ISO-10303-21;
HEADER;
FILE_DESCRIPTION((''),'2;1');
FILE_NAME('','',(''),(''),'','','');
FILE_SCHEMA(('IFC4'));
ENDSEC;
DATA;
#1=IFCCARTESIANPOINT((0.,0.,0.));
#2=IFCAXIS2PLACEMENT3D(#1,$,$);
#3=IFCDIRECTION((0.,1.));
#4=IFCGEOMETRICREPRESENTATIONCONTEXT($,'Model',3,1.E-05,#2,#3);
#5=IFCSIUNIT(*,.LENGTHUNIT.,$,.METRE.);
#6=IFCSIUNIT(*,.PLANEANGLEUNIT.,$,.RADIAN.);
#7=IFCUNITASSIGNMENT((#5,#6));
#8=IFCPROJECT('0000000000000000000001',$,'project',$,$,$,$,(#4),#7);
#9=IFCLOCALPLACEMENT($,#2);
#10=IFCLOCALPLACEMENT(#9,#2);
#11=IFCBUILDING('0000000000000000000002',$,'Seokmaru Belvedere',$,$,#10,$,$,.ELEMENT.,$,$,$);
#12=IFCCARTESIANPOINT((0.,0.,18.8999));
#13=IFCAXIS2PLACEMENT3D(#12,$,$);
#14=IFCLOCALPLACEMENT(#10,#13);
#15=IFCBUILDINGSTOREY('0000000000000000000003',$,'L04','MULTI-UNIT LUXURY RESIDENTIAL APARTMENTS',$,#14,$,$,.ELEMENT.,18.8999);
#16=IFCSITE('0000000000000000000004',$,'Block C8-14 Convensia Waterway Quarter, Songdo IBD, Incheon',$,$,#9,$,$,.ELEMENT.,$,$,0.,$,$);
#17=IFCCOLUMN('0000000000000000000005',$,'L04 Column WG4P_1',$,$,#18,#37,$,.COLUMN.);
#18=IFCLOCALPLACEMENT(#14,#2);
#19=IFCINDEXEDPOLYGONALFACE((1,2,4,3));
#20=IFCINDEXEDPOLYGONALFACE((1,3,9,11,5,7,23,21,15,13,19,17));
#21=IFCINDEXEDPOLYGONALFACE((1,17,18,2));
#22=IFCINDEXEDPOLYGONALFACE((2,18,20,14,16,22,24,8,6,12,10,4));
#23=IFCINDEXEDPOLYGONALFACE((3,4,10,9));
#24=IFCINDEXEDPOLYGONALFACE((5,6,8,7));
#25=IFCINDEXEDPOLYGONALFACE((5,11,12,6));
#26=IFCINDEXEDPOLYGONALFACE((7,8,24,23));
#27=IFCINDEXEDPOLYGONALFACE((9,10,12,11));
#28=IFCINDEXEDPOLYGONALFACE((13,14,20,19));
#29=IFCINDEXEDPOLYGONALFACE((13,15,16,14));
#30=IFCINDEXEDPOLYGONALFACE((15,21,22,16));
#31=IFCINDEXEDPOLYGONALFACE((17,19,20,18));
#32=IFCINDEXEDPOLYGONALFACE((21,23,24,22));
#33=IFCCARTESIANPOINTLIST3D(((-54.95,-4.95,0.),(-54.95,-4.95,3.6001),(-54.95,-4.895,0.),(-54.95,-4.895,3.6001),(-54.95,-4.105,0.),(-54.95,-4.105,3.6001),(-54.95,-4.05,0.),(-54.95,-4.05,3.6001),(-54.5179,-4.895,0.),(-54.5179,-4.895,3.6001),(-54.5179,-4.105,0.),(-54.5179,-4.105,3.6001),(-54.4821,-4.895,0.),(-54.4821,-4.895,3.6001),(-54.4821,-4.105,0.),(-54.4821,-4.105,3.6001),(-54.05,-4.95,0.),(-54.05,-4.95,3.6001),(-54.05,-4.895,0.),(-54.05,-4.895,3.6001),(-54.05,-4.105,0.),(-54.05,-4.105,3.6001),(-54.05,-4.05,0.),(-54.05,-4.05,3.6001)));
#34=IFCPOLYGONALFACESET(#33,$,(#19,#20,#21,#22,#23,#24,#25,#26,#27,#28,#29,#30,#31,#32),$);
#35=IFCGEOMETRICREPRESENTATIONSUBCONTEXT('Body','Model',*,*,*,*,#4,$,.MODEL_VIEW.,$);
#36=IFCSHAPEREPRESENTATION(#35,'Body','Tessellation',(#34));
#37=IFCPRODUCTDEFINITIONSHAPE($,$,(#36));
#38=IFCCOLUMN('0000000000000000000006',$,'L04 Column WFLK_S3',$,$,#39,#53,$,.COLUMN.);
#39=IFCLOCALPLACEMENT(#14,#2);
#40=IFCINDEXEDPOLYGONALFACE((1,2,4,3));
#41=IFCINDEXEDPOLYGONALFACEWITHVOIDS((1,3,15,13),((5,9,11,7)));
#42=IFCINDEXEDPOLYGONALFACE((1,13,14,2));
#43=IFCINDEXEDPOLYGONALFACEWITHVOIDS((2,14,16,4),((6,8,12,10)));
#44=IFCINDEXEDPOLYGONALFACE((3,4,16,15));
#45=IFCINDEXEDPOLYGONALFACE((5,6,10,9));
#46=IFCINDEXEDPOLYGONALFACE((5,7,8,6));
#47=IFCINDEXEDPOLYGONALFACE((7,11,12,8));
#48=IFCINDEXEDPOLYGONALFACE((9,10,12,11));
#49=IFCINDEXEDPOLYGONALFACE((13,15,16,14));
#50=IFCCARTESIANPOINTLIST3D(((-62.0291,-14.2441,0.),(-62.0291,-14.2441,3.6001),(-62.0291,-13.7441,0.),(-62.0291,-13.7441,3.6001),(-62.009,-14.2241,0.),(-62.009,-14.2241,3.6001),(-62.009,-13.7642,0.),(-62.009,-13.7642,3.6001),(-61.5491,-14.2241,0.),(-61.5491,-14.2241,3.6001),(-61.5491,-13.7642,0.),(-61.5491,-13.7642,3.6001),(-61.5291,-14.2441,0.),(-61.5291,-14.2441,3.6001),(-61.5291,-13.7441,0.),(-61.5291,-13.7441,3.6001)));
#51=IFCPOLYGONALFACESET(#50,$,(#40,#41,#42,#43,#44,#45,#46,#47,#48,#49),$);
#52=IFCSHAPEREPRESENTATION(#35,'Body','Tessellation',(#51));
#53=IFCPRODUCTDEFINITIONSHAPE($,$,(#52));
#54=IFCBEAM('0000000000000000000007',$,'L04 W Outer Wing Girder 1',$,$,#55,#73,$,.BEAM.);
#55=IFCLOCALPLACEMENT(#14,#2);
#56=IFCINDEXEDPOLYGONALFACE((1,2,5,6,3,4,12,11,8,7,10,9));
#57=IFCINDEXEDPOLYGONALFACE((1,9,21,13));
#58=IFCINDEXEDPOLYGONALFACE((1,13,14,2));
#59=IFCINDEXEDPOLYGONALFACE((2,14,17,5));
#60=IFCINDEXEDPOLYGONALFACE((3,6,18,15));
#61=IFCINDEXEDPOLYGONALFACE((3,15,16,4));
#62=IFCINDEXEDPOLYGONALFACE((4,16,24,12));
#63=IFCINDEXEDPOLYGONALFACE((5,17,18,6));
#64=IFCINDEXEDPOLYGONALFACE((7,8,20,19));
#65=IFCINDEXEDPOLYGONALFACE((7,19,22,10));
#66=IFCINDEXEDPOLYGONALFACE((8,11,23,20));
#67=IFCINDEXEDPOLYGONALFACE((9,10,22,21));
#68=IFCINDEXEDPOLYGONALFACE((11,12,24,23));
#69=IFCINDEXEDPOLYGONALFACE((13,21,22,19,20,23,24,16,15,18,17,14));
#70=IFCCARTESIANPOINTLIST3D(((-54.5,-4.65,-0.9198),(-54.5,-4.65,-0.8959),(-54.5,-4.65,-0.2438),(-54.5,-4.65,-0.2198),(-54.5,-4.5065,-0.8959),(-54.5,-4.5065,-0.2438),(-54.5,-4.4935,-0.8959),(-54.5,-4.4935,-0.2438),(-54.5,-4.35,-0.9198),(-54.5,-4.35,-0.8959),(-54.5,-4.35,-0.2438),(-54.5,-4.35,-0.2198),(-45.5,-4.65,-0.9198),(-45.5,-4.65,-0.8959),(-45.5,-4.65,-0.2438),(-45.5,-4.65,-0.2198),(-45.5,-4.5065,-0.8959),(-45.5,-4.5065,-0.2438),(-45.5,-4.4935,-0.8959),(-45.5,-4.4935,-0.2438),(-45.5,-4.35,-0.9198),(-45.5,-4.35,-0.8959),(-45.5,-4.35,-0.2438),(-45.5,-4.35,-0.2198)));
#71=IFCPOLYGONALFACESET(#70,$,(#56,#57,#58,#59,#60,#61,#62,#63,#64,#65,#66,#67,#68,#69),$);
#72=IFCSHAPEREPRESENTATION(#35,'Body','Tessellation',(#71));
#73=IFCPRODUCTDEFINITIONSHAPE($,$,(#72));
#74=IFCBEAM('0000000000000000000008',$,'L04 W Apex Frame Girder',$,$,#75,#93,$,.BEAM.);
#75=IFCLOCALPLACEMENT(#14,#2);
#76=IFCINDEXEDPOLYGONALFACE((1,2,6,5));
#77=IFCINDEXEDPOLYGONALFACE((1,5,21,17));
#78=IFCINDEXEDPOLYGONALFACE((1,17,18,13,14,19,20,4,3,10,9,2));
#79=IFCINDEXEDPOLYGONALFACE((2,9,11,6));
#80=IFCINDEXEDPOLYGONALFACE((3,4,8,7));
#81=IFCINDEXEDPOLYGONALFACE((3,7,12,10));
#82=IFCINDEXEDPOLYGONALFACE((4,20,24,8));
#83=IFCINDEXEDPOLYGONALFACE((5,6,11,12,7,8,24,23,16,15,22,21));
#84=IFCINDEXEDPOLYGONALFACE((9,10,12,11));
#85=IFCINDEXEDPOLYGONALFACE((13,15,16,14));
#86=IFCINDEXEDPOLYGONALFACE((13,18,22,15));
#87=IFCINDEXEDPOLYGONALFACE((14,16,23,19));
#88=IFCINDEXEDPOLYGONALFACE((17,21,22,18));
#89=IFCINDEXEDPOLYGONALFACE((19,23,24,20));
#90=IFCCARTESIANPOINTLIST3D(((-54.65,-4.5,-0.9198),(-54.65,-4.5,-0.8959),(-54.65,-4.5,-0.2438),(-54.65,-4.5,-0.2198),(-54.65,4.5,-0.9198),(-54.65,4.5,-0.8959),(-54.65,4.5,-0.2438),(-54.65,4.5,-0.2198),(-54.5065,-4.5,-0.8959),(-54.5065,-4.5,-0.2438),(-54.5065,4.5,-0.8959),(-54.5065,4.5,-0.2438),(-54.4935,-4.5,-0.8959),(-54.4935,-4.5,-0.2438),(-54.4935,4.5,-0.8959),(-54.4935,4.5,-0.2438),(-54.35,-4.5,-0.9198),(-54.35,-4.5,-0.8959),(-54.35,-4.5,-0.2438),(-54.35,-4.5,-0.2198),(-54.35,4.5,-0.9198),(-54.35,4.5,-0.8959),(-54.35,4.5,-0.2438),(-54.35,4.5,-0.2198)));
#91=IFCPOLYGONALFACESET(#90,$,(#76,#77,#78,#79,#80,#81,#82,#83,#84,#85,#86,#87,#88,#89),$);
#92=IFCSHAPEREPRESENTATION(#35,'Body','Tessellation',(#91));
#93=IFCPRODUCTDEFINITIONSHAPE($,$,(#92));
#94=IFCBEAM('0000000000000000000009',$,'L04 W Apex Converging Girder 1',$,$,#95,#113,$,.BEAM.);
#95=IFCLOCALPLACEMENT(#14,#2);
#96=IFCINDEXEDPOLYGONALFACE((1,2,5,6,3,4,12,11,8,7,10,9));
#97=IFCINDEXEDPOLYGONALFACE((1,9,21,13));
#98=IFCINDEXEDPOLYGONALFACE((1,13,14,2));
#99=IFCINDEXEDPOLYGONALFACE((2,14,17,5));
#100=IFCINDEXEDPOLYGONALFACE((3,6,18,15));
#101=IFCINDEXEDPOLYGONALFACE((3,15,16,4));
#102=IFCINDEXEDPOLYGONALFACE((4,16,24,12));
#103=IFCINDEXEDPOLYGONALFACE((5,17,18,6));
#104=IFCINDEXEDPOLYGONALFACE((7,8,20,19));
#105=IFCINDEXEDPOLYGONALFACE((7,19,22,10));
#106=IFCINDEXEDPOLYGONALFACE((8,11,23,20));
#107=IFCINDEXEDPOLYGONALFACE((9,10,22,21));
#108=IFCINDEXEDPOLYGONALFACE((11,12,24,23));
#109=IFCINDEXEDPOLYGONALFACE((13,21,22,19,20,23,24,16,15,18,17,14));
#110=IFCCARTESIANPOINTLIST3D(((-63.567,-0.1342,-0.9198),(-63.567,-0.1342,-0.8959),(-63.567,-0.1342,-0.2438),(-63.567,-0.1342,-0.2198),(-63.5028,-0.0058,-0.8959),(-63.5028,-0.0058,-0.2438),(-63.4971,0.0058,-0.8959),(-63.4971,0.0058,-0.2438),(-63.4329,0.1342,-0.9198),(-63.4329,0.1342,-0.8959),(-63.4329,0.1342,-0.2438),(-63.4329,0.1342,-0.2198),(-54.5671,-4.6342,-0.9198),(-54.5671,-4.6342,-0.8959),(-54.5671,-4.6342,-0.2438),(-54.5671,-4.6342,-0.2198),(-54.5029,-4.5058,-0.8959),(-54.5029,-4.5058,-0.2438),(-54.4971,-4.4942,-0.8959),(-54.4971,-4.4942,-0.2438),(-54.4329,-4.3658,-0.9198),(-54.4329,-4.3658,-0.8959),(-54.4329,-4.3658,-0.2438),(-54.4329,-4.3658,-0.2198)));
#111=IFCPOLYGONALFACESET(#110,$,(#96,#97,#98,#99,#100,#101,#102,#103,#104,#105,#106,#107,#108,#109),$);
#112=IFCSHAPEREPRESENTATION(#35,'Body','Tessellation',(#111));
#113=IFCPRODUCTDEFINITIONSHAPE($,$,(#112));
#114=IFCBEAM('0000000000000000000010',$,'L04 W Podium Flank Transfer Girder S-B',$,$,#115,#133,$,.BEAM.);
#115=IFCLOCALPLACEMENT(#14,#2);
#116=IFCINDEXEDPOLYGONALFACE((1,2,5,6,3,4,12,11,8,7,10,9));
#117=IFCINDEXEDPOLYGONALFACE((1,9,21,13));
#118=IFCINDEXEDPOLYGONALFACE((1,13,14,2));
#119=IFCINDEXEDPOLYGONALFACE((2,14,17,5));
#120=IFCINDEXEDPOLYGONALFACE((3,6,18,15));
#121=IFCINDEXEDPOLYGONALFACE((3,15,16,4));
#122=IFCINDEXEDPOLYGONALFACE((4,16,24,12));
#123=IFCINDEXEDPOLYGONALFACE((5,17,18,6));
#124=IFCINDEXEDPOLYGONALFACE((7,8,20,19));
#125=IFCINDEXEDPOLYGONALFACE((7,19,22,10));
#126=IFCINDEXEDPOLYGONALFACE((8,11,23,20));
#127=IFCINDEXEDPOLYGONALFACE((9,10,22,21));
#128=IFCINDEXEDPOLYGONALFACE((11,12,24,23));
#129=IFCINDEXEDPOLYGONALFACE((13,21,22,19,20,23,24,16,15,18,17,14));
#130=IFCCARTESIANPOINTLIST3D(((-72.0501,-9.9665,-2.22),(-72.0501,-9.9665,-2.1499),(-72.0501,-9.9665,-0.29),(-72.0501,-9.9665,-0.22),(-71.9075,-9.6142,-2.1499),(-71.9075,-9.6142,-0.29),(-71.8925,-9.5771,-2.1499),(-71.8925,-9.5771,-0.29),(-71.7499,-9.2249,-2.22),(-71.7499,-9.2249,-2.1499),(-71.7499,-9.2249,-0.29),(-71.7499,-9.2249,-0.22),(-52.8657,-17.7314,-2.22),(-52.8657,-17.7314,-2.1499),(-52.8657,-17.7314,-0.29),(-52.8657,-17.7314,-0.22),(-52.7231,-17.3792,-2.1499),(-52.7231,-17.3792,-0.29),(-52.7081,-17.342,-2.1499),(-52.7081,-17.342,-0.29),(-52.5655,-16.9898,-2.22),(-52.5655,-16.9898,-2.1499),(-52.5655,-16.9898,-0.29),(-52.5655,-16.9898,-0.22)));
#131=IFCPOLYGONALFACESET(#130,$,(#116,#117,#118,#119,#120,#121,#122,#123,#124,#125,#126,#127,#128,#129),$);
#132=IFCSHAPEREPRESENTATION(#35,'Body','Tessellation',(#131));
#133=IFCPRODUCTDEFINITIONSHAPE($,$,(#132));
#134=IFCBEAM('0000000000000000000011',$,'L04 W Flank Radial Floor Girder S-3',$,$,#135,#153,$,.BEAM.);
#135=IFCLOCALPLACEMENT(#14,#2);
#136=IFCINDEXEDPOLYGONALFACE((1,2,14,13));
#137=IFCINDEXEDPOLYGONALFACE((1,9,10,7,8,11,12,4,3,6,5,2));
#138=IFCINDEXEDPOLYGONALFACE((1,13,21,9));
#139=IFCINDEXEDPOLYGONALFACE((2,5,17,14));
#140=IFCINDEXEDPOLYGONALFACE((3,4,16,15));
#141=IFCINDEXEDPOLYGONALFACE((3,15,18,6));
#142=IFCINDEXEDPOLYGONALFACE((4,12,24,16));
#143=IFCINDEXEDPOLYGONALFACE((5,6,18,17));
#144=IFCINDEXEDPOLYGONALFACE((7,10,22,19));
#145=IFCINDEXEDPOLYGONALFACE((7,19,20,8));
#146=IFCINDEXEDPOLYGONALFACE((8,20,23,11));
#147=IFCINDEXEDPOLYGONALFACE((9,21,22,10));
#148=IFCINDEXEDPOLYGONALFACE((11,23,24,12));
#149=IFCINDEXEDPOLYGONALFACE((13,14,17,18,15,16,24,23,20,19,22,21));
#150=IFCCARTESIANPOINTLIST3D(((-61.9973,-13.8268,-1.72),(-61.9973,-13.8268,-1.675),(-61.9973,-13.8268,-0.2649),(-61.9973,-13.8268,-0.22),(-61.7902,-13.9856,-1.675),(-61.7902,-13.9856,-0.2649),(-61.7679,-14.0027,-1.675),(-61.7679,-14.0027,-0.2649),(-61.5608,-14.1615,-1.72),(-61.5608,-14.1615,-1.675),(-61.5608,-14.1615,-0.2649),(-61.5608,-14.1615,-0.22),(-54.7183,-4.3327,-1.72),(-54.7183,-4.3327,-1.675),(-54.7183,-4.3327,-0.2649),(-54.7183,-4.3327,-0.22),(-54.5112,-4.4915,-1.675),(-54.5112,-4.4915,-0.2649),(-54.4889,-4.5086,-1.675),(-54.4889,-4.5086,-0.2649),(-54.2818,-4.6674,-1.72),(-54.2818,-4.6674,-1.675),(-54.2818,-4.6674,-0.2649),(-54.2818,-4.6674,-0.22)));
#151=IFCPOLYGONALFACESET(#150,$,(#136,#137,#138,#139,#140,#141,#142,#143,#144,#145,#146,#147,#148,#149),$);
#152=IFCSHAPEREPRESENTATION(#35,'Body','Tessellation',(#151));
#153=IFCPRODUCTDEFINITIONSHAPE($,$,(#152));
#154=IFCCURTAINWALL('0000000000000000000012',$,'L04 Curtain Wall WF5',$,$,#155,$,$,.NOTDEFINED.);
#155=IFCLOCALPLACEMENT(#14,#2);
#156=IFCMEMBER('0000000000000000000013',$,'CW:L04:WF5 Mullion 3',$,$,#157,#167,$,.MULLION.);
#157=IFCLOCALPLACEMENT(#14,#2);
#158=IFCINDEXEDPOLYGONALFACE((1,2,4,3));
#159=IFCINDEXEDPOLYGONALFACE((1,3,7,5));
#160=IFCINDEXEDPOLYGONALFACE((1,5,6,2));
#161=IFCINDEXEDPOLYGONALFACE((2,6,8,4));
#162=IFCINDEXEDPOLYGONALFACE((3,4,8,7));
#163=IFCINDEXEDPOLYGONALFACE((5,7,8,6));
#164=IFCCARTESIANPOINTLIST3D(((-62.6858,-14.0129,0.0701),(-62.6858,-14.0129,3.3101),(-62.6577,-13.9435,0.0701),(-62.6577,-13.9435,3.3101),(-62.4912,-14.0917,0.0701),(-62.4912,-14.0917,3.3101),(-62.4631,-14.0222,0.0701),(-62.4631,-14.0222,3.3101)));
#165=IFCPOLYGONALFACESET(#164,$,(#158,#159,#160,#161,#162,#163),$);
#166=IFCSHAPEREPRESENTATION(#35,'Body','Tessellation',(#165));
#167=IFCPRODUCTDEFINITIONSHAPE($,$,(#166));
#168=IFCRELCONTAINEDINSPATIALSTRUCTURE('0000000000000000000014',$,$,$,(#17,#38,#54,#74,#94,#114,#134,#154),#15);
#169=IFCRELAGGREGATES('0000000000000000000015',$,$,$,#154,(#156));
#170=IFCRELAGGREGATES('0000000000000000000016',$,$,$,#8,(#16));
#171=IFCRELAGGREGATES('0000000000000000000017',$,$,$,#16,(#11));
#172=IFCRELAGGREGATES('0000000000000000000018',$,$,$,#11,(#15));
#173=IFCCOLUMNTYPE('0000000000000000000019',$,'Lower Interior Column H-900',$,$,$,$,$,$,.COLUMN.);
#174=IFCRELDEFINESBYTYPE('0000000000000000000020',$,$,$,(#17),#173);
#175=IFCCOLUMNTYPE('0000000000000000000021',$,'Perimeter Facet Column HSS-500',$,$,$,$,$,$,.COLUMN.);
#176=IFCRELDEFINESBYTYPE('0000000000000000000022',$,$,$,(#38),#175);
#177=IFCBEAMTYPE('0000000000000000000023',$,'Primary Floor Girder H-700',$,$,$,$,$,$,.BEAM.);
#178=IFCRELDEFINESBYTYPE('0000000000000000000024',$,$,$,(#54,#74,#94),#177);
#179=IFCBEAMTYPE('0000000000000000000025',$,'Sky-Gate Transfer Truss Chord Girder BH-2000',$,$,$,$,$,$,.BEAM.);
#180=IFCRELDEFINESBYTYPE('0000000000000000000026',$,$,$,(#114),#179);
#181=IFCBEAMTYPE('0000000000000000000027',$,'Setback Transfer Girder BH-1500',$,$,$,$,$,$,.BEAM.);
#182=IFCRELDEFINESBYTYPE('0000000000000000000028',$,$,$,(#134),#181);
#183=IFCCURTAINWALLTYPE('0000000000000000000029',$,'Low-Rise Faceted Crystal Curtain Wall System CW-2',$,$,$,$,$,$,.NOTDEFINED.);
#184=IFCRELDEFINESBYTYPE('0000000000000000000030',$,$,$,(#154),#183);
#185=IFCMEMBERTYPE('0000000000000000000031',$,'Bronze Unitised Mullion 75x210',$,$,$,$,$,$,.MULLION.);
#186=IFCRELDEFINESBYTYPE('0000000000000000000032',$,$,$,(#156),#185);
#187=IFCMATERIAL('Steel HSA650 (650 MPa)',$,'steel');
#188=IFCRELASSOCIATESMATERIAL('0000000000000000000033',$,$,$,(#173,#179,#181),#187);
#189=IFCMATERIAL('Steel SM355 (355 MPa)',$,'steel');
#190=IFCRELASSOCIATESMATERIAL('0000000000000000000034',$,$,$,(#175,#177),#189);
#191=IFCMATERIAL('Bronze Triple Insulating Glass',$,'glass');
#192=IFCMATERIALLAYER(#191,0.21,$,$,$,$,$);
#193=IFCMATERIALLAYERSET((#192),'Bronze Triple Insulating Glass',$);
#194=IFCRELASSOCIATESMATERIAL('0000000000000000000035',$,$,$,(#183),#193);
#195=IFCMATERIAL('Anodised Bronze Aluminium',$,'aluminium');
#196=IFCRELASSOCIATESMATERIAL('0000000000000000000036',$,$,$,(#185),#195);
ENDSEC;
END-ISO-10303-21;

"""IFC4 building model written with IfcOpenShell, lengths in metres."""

from ifc_helpers import new_model, si_unit, direction, frame, origin, origin_2d, place, context, subcontext, project, spatial, rectangle, hollow_rectangle, i_section, extrude, source, transform, mapped, material, layer, layer_set, material_profile, profile_set, type_object, type_shapes, element, aggregate, save


model = new_model("IFC4")

# Units and contexts
model_context = context("Model", 3, precision=1e-05, world=origin(), true_north=direction((0.0, 1.0)))
body_context = subcontext(model_context, "Body", "Model", "MODEL_VIEW")
ifc_project = project(units=[si_unit("LENGTHUNIT", "METRE"), si_unit("PLANEANGLEUNIT", "RADIAN")], contexts=[model_context])

# Site, building, storey
site_placement = place(None, origin())
site = spatial("IfcSite", under=ifc_project, at=site_placement, Name="Block C8-14 Convensia Waterway Quarter, Songdo IBD, Incheon", CompositionType="ELEMENT", RefElevation=0.0)
building_placement = place(site_placement, origin())
building = spatial("IfcBuilding", under=site, at=building_placement, Name="Seokmaru Belvedere", CompositionType="ELEMENT")
storey_placement = place(building_placement, frame((0.0, 0.0, 18.8999)))
storey = spatial("IfcBuildingStorey", under=building, at=storey_placement, Name="L04", Description="MULTI-UNIT LUXURY RESIDENTIAL APARTMENTS", CompositionType="ELEMENT", Elevation=18.8999)

# Columns
ifc_material_1 = material(Name="Steel HSA650 (650 MPa)", Category="steel")
ifc_material_profile_1 = material_profile(ifc_material_1, i_section(OverallWidth=0.8999, OverallDepth=0.8999, WebThickness=0.0359, FlangeThickness=0.0549, at=origin_2d()), Name="H-900x900x36x55")
ifc_profile_set_1 = profile_set([ifc_material_profile_1], Name="Steel HSA650 (650 MPa)")
column_type_1 = type_object("IfcColumnType", Name="Lower Interior Column H-900", PredefinedType="COLUMN", material=ifc_profile_set_1)
shared_shape_1 = source(origin(), body_context, "Body", "SweptSolid", [
    extrude(i_section(OverallWidth=0.8999, OverallDepth=0.8999, WebThickness=0.0359, FlangeThickness=0.0549, at=origin_2d()), origin(), (0.0, 0.0, 1.0), 3.6001),
])
type_shapes(column_type_1, [shared_shape_1])
column_1_placement = place(storey_placement, frame((-54.5, -4.5, 0.0), z_axis=(0.0, 0.0, 1.0), x_axis=(1.0, 0.0, 0.0)))
element("IfcColumn", 1, at=column_1_placement, inside=storey, type_object=column_type_1, Name="L04 Column WG4P_1", PredefinedType="COLUMN", context=body_context, shape_type="MappedRepresentation", body=[
    mapped(shared_shape_1, transform((0.0, 0.0, 0.0), scale=1.0)),
])
ifc_material_2 = material(Name="Steel SM355 (355 MPa)", Category="steel")
ifc_material_profile_2 = material_profile(ifc_material_2, hollow_rectangle(XDim=0.5, YDim=0.5, WallThickness=0.02, at=origin_2d()), Name="HSS-500x500x20")
ifc_profile_set_2 = profile_set([ifc_material_profile_2], Name="Steel SM355 (355 MPa)")
column_type_2 = type_object("IfcColumnType", Name="Perimeter Facet Column HSS-500", PredefinedType="COLUMN", material=ifc_profile_set_2)
shared_shape_2 = source(origin(), body_context, "Body", "SweptSolid", [
    extrude(hollow_rectangle(XDim=0.5, YDim=0.5, WallThickness=0.02, at=origin_2d()), origin(), (0.0, 0.0, 1.0), 3.6001),
])
type_shapes(column_type_2, [shared_shape_2])
column_2_placement = place(storey_placement, frame((-61.7791, -13.9941, 0.0), z_axis=(0.0, 0.0, 1.0), x_axis=(1.0, 0.0, 0.0)))
element("IfcColumn", 2, at=column_2_placement, inside=storey, type_object=column_type_2, Name="L04 Column WFLK_S3", PredefinedType="COLUMN", context=body_context, shape_type="MappedRepresentation", body=[
    mapped(shared_shape_2, transform((0.0, 0.0, 0.0), scale=1.0)),
])

# Beams
ifc_material_profile_3 = material_profile(ifc_material_2, i_section(OverallWidth=0.3, OverallDepth=0.7, WebThickness=0.0129, FlangeThickness=0.0239, at=origin_2d()), Name="H-700x300x13x24")
ifc_profile_set_3 = profile_set([ifc_material_profile_3], Name="Steel SM355 (355 MPa)")
beam_type_1 = type_object("IfcBeamType", Name="Primary Floor Girder H-700", PredefinedType="BEAM", material=ifc_profile_set_3)
shared_shape_3 = source(origin(), body_context, "Body", "SweptSolid", [
    extrude(i_section(OverallWidth=0.3, OverallDepth=0.7, WebThickness=0.0129, FlangeThickness=0.0239, at=origin_2d()), origin(), (0.0, 0.0, 1.0), 9.0),
])
for number, where, z_axis, x_axis, name in (
    (3, (-54.5, -4.5, -0.5698), (1.0, 0.0, 0.0), (0.0, 1.0, 0.0), "L04 W Outer Wing Girder 1"),
    (4, (-54.5, -4.5, -0.5698), (0.0, 1.0, 0.0), (-1.0, 0.0, 0.0), "L04 W Apex Frame Girder"),
):
    element("IfcBeam", number, at=place(storey_placement, frame(where, z_axis=z_axis, x_axis=x_axis)), inside=storey, type_object=beam_type_1, Name=name, PredefinedType="BEAM", context=body_context, shape_type="MappedRepresentation", body=[
        mapped(shared_shape_3, transform((0.0, 0.0, 0.0), scale=1.0)),
    ])
shared_shape_4 = source(origin(), body_context, "Body", "SweptSolid", [
    extrude(i_section(OverallWidth=0.3, OverallDepth=0.7, WebThickness=0.0129, FlangeThickness=0.0239, at=origin_2d()), origin(), (0.0, 0.0, 1.0), 10.0623),
])
type_shapes(beam_type_1, [shared_shape_3, shared_shape_4])
beam_1_placement = place(storey_placement, frame((-54.5, -4.5, -0.5698), z_axis=(-0.894427, 0.447214, 0.0), x_axis=(-0.447214, -0.894427, 0.0)))
element("IfcBeam", 5, at=beam_1_placement, inside=storey, type_object=beam_type_1, Name="L04 W Apex Converging Girder 1", PredefinedType="BEAM", context=body_context, shape_type="MappedRepresentation", body=[
    mapped(shared_shape_4, transform((0.0, 0.0, 0.0), scale=1.0)),
])
ifc_material_profile_4 = material_profile(ifc_material_1, i_section(OverallWidth=0.8, OverallDepth=2.0, WebThickness=0.04, FlangeThickness=0.0701, at=origin_2d()), Name="BH-2000x800x40x70")
ifc_profile_set_4 = profile_set([ifc_material_profile_4], Name="Steel HSA650 (650 MPa)")
beam_type_2 = type_object("IfcBeamType", Name="Sky-Gate Transfer Truss Chord Girder BH-2000", PredefinedType="BEAM", material=ifc_profile_set_4)
shared_shape_5 = source(origin(), body_context, "Body", "SweptSolid", [
    extrude(i_section(OverallWidth=0.8, OverallDepth=2.0, WebThickness=0.04, FlangeThickness=0.0701, at=origin_2d()), origin(), (0.0, 0.0, 1.0), 20.6963),
])
type_shapes(beam_type_2, [shared_shape_5])
beam_2_placement = place(storey_placement, frame((-52.7156, -17.3606, -1.22), z_axis=(-0.92695, 0.375185, 0.0), x_axis=(-0.375185, -0.92695, 0.0)))
element("IfcBeam", 6, at=beam_2_placement, inside=storey, type_object=beam_type_2, Name="L04 W Podium Flank Transfer Girder S-B", PredefinedType="BEAM", context=body_context, shape_type="MappedRepresentation", body=[
    mapped(shared_shape_5, transform((0.0, 0.0, 0.0), scale=1.0)),
])
ifc_material_profile_5 = material_profile(ifc_material_1, i_section(OverallWidth=0.55, OverallDepth=1.5, WebThickness=0.0281, FlangeThickness=0.0449, at=origin_2d()), Name="BH-1500x550x28x45")
ifc_profile_set_5 = profile_set([ifc_material_profile_5], Name="Steel HSA650 (650 MPa)")
beam_type_3 = type_object("IfcBeamType", Name="Setback Transfer Girder BH-1500", PredefinedType="BEAM", material=ifc_profile_set_5)
shared_shape_6 = source(origin(), body_context, "Body", "SweptSolid", [
    extrude(i_section(OverallWidth=0.55, OverallDepth=1.5, WebThickness=0.0281, FlangeThickness=0.0449, at=origin_2d()), origin(), (0.0, 0.0, 1.0), 11.9634),
])
type_shapes(beam_type_3, [shared_shape_6])
beam_3_placement = place(storey_placement, frame((-61.7791, -13.9941, -0.97), z_axis=(0.608443, 0.793598, 0.0), x_axis=(-0.793598, 0.608443, 0.0)))
element("IfcBeam", 7, at=beam_3_placement, inside=storey, type_object=beam_type_3, Name="L04 W Flank Radial Floor Girder S-3", PredefinedType="BEAM", context=body_context, shape_type="MappedRepresentation", body=[
    mapped(shared_shape_6, transform((0.0, 0.0, 0.0), scale=1.0)),
])

# Curtain wall, member
ifc_material_3 = material(Name="Bronze Triple Insulating Glass", Category="glass")
ifc_layer_1 = layer(ifc_material_3, 0.21)
ifc_layer_set_1 = layer_set([ifc_layer_1], Name="Bronze Triple Insulating Glass")
curtain_wall_type = type_object("IfcCurtainWallType", Name="Low-Rise Faceted Crystal Curtain Wall System CW-2", PredefinedType="NOTDEFINED", material=ifc_layer_set_1)
curtain_wall_placement = place(storey_placement, origin())
curtain_wall = element("IfcCurtainWall", 8, at=curtain_wall_placement, inside=storey, type_object=curtain_wall_type, Name="L04 Curtain Wall WF5", PredefinedType="NOTDEFINED")
ifc_material_4 = material(Name="Anodised Bronze Aluminium", Category="aluminium")
ifc_material_profile_6 = material_profile(ifc_material_4, rectangle(XDim=0.075, YDim=0.21, at=origin_2d()), Name="CW-M-75x210")
ifc_profile_set_6 = profile_set([ifc_material_profile_6], Name="Anodised Bronze Aluminium")
member_type = type_object("IfcMemberType", Name="Bronze Unitised Mullion 75x210", PredefinedType="MULLION", material=ifc_profile_set_6)
shared_shape_7 = source(origin(), body_context, "Body", "SweptSolid", [
    extrude(rectangle(XDim=0.075, YDim=0.21, at=origin_2d()), origin(), (0.0, 0.0, 1.0), 3.24),
])
type_shapes(member_type, [shared_shape_7])
member_1_placement = place(storey_placement, frame((-62.5745, -14.0176, 0.0701), z_axis=(0.0, 0.0, 1.0), x_axis=(0.375192, 0.926947, 0.0)))
member_1 = element("IfcMember", 9, at=member_1_placement, type_object=member_type, Name="CW:L04:WF5 Mullion 3", PredefinedType="MULLION", context=body_context, shape_type="MappedRepresentation", body=[
    mapped(shared_shape_7, transform((0.0, 0.0, 0.0), scale=1.0)),
])
aggregate(curtain_wall, [member_1])

save(model, "model.ifc")
